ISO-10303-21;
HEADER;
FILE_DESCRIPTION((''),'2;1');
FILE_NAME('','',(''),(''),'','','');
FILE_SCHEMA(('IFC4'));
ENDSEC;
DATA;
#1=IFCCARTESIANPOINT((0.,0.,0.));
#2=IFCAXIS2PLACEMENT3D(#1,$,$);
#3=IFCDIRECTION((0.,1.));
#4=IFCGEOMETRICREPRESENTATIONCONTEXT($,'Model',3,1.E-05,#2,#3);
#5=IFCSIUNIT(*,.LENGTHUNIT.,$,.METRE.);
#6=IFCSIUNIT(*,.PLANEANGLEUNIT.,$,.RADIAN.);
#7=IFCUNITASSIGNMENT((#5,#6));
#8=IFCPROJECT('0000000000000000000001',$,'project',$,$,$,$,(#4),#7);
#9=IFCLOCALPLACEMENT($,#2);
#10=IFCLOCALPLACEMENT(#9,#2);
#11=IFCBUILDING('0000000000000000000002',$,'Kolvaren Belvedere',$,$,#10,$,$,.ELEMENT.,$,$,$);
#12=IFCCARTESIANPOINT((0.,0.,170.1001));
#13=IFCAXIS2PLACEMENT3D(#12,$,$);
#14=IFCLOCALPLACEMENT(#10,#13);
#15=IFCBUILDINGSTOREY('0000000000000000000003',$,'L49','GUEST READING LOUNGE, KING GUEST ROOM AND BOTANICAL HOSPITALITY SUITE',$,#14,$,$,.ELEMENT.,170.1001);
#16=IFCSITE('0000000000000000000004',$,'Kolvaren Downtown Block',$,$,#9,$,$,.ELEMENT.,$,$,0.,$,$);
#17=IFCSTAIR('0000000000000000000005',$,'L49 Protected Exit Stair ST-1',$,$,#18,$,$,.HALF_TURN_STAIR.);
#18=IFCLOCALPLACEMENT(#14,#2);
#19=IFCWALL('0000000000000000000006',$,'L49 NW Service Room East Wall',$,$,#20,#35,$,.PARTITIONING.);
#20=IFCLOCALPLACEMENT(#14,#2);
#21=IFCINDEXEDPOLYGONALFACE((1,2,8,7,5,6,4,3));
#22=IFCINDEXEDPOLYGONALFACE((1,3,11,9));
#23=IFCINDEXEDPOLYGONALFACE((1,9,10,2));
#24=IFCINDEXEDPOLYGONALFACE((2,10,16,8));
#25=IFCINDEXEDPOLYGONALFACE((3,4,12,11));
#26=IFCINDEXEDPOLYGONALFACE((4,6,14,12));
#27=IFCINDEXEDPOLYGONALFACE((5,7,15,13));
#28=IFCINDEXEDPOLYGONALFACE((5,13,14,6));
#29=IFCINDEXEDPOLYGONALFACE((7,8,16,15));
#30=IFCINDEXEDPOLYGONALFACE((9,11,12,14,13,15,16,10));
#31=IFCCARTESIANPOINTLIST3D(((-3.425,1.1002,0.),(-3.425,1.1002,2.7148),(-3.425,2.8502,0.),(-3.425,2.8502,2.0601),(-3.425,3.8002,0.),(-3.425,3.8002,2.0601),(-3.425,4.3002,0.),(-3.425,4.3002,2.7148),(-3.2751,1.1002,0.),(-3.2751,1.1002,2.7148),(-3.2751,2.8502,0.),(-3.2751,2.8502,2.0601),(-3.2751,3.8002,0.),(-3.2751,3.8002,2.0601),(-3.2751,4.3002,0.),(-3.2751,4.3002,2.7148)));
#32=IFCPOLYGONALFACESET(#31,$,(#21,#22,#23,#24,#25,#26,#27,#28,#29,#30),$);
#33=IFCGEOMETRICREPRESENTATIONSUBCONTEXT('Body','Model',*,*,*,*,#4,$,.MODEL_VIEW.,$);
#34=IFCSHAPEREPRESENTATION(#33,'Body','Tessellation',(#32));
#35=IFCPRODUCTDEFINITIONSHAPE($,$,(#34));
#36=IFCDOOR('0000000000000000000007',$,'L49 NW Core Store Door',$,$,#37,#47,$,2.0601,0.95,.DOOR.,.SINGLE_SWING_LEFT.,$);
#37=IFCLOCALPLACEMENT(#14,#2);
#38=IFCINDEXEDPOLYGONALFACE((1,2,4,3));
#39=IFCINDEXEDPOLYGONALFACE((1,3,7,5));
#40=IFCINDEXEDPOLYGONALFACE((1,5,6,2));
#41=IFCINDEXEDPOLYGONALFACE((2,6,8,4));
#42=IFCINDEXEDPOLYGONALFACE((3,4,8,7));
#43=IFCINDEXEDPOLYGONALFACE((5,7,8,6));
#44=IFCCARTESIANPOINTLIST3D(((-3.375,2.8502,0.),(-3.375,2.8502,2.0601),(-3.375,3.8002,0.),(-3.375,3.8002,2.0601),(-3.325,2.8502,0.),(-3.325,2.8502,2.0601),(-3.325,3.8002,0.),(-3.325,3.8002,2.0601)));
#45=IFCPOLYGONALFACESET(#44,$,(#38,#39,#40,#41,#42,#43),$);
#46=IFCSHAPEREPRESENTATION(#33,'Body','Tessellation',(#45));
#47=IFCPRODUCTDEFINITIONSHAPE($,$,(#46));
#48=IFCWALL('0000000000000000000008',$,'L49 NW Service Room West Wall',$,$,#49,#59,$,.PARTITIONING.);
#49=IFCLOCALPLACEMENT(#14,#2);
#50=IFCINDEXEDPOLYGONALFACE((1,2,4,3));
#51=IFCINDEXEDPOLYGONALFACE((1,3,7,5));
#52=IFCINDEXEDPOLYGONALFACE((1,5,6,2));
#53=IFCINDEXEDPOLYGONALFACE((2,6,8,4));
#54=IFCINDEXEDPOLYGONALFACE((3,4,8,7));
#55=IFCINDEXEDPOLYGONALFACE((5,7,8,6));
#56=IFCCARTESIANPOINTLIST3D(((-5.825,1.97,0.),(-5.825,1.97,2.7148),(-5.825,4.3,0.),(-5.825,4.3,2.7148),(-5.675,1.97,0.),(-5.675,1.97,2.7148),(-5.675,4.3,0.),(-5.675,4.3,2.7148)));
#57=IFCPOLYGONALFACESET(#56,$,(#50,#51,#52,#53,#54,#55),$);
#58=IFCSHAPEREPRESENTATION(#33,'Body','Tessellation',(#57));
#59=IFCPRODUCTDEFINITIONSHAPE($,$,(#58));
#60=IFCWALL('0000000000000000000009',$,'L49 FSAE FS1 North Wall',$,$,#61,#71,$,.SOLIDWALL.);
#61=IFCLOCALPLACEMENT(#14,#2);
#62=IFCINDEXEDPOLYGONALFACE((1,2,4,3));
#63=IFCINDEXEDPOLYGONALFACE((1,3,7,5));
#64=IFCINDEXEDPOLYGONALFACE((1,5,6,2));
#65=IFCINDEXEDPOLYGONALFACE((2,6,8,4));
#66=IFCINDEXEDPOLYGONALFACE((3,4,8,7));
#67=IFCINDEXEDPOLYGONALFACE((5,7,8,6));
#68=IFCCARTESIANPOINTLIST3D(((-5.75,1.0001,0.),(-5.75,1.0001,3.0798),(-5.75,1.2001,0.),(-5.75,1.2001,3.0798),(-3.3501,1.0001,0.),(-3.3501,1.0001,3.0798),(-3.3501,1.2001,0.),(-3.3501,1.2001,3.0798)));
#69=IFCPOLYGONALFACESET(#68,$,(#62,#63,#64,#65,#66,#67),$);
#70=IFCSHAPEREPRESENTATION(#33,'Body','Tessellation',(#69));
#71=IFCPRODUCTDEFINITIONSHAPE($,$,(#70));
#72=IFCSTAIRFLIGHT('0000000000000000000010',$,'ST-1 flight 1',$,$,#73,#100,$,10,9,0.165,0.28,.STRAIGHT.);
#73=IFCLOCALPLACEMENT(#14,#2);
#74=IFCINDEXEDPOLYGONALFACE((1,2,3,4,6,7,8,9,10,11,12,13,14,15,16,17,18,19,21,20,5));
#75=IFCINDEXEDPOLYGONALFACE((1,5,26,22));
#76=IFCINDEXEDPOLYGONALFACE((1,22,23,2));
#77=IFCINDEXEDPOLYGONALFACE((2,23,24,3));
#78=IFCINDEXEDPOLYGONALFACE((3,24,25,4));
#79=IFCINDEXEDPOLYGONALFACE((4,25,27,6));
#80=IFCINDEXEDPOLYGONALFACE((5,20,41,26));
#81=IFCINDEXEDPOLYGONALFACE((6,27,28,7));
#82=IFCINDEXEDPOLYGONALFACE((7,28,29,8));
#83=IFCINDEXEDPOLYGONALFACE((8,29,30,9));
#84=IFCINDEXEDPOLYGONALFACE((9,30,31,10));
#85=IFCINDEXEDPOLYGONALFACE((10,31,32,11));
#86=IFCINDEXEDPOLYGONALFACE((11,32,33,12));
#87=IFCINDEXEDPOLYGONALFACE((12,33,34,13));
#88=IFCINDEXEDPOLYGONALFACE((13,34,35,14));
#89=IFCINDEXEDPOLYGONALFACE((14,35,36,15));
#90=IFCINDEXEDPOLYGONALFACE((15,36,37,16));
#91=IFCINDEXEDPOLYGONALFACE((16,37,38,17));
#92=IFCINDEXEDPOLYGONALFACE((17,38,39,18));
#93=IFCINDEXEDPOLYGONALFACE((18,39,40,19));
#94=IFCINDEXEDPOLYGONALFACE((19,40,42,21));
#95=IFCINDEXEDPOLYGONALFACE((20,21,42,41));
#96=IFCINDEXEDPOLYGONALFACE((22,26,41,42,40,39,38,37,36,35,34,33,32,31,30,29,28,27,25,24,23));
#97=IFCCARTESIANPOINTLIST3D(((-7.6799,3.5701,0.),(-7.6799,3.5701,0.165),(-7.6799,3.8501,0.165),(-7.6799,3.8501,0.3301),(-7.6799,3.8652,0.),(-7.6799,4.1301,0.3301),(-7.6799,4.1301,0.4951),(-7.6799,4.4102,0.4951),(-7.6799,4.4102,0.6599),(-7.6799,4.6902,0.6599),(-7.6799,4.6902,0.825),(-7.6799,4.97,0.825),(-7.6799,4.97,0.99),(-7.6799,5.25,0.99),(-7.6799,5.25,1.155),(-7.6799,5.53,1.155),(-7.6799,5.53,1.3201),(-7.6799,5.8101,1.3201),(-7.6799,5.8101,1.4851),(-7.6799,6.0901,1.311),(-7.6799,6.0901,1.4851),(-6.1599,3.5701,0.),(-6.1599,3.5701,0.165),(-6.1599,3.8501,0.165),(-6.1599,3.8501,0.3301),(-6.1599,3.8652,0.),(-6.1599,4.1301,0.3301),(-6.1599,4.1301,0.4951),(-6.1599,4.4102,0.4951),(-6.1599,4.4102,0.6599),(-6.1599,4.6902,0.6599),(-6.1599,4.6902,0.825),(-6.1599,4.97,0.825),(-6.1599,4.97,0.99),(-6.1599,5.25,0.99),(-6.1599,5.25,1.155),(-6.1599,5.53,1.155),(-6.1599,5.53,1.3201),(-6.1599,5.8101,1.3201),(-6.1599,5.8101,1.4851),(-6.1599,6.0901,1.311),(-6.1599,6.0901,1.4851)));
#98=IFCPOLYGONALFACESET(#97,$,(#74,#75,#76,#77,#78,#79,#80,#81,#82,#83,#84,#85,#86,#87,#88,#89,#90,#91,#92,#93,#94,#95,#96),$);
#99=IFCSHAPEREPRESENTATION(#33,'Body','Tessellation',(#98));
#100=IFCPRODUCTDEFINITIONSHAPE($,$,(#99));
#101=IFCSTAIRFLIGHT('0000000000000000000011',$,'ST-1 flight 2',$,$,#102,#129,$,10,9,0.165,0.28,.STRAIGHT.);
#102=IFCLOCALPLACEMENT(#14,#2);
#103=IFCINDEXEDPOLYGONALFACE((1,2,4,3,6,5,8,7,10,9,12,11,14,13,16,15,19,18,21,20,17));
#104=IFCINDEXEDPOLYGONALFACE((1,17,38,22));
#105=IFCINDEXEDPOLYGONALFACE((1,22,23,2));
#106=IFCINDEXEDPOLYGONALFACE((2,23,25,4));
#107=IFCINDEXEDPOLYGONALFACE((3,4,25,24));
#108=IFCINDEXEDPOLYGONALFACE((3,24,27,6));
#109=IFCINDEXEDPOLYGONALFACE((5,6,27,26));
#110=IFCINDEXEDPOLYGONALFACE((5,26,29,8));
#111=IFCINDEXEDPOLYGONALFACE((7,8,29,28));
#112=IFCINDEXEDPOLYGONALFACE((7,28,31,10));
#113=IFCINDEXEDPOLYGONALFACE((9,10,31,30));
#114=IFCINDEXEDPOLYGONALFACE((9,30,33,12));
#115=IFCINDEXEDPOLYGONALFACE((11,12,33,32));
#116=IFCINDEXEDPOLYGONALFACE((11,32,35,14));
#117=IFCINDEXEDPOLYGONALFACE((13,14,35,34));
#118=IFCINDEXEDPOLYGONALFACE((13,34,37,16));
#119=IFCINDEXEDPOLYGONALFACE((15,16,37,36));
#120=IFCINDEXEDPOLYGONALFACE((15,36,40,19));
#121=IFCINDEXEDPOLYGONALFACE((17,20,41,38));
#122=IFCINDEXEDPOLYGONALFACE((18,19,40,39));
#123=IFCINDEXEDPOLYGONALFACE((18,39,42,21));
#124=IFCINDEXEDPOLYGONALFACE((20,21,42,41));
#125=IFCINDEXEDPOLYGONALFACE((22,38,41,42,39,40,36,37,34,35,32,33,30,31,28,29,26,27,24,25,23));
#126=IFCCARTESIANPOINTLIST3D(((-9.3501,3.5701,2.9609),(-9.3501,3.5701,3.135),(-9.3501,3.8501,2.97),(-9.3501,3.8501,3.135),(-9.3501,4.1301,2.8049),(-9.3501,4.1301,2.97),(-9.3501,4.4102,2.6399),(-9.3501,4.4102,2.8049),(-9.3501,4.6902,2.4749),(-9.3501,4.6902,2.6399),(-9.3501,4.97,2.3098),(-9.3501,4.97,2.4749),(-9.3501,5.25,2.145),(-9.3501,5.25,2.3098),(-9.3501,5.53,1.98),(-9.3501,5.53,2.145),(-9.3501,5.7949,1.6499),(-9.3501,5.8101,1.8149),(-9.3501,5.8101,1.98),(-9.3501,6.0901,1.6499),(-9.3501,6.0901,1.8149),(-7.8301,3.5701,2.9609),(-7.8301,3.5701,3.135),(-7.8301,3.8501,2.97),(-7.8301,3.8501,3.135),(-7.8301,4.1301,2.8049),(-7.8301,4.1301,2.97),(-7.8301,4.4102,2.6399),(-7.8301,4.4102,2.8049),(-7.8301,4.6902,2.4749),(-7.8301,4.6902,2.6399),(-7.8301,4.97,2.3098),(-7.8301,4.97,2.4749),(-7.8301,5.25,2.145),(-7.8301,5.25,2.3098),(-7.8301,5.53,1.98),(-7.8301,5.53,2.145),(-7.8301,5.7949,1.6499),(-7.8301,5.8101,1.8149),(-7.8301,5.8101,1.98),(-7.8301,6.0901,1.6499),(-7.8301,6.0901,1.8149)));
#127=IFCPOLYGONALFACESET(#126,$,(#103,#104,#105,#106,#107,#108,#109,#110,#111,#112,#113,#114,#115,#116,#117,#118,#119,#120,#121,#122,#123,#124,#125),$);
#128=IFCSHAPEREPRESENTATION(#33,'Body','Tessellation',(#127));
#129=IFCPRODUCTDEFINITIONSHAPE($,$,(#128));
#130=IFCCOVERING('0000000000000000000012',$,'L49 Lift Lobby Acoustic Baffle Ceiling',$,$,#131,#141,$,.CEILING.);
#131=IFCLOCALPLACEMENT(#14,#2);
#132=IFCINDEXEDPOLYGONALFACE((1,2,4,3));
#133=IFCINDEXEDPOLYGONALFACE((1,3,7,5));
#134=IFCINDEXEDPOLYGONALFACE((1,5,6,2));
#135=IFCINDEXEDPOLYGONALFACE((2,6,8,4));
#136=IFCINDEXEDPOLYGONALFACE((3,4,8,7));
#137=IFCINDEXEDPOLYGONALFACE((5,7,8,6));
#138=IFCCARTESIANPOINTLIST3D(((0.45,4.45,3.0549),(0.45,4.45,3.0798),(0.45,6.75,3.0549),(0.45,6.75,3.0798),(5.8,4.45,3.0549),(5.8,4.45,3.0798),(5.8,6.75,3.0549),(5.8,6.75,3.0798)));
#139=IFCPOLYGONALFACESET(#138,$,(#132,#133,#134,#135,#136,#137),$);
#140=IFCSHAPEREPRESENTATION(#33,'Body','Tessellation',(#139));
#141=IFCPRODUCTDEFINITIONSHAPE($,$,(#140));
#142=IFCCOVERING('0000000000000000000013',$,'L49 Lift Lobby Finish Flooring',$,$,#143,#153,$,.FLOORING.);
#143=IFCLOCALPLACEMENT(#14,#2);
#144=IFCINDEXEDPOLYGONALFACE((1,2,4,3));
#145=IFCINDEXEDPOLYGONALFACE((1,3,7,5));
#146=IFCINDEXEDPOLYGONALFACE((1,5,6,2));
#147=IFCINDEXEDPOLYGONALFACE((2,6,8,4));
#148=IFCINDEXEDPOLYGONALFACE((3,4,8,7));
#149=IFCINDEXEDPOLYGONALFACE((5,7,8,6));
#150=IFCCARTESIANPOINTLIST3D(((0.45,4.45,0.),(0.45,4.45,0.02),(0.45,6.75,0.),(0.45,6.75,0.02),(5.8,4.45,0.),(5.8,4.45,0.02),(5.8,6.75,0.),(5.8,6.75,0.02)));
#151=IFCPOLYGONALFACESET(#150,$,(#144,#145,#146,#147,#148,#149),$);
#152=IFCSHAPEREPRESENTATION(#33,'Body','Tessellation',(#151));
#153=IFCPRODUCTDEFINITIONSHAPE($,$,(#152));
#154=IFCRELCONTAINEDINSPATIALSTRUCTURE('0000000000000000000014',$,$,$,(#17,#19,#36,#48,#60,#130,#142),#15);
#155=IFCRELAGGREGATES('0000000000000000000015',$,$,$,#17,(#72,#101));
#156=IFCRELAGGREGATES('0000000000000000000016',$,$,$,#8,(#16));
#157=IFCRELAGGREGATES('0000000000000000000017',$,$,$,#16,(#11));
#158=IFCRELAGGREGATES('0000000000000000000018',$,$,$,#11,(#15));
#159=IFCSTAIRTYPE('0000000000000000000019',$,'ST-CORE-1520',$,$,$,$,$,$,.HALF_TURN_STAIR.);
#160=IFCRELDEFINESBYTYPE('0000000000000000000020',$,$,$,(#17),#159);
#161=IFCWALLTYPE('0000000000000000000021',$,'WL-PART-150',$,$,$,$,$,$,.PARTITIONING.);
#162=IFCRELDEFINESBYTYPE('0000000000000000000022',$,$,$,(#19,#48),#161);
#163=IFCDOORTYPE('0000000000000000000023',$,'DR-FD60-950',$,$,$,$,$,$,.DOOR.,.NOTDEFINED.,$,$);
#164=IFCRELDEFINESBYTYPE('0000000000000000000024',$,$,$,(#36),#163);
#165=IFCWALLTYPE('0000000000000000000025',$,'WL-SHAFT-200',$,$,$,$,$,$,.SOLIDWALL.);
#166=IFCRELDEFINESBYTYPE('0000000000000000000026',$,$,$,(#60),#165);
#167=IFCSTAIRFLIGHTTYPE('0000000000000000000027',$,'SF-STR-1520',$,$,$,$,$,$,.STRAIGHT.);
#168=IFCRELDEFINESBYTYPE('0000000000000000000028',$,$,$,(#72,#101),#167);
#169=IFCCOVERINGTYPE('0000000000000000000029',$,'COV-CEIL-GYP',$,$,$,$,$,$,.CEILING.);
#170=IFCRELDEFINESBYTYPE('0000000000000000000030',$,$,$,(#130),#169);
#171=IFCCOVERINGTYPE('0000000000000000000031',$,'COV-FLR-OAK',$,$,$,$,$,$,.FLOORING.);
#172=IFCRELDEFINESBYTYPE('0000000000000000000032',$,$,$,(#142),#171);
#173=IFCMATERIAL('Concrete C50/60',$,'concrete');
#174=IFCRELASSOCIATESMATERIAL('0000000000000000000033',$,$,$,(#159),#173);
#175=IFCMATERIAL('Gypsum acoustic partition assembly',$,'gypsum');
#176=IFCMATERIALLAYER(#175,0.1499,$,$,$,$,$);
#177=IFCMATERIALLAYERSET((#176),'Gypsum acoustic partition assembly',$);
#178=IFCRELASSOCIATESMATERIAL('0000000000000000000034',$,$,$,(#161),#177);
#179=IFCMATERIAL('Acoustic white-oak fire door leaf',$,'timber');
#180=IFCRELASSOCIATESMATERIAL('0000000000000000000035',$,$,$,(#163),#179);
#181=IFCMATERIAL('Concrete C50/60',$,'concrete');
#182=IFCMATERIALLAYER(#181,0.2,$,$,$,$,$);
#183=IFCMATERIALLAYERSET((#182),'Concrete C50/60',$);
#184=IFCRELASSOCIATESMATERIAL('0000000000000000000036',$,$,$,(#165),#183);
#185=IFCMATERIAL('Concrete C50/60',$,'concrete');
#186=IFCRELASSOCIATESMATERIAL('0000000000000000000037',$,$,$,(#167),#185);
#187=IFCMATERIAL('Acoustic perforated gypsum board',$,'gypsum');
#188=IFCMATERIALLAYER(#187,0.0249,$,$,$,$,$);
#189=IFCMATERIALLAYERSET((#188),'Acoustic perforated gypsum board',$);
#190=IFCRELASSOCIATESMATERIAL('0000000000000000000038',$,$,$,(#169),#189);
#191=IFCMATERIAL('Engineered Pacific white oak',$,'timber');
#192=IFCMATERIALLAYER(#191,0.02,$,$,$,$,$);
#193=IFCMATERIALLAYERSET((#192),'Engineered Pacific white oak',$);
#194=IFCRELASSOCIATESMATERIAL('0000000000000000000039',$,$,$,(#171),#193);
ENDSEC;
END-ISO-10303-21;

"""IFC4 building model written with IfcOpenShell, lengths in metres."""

from ifc_helpers import new_model, si_unit, direction, frame, frame_2d, origin, place, context, subcontext, project, spatial, polyline, rectangle, outline, extrude, material, layer, layer_set, type_object, element, fill, aggregate, save


model = new_model("IFC4")

# Units and contexts
model_context = context("Model", 3, precision=1e-05, world=origin(), true_north=direction((0.0, 1.0)))
body_context = subcontext(model_context, "Body", "Model", "MODEL_VIEW")
ifc_project = project(units=[si_unit("LENGTHUNIT", "METRE"), si_unit("PLANEANGLEUNIT", "RADIAN")], contexts=[model_context])

# Site, building, storey
site_placement = place(None, origin())
site = spatial("IfcSite", under=ifc_project, at=site_placement, Name="Kolvaren Downtown Block", CompositionType="ELEMENT", RefElevation=0.0)
building_placement = place(site_placement, origin())
building = spatial("IfcBuilding", under=site, at=building_placement, Name="Kolvaren Belvedere", CompositionType="ELEMENT")
storey_placement = place(building_placement, frame((0.0, 0.0, 170.1001)))
storey = spatial("IfcBuildingStorey", under=building, at=storey_placement, Name="L49", Description="GUEST READING LOUNGE, KING GUEST ROOM AND BOTANICAL HOSPITALITY SUITE", CompositionType="ELEMENT", Elevation=170.1001)

# Stair
ifc_material_1 = material(Name="Concrete C50/60", Category="concrete")
stair_type = type_object("IfcStairType", Name="ST-CORE-1520", PredefinedType="HALF_TURN_STAIR", material=ifc_material_1)
stair_1_placement = place(storey_placement, origin())
stair_1 = element("IfcStair", 1, at=stair_1_placement, inside=storey, type_object=stair_type, Name="L49 Protected Exit Stair ST-1", PredefinedType="HALF_TURN_STAIR")

# Shared definitions
ifc_material_2 = material(Name="Gypsum acoustic partition assembly", Category="gypsum")
ifc_layer_1 = layer(ifc_material_2, 0.1499)
ifc_layer_set_1 = layer_set([ifc_layer_1], Name="Gypsum acoustic partition assembly")
wall_type_1 = type_object("IfcWallType", Name="WL-PART-150", PredefinedType="PARTITIONING", material=ifc_layer_set_1)

# Wall, opening, door
wall_1_placement = place(storey_placement, frame((-3.3501, 1.1001, 0.0), z_axis=(0.0, 0.0, 1.0), x_axis=(0.0, 1.0, 0.0)))
wall_1 = element("IfcWall", 2, at=wall_1_placement, inside=storey, type_object=wall_type_1, Name="L49 NW Service Room East Wall", PredefinedType="PARTITIONING", context=body_context, shape_type="SweptSolid", body=[
    extrude(rectangle(XDim=3.2, YDim=0.1499, at=frame_2d((1.6001, 0.0))), origin(), (0.0, 0.0, 1.0), 2.7148),
])
opening_1_placement = place(wall_1_placement, frame((1.75, 0.0, 0.0)))
opening_1 = element("IfcOpeningElement", 3, at=opening_1_placement, cuts=wall_1, PredefinedType="OPENING", context=body_context, shape_type="SweptSolid", body=[
    extrude(rectangle(XDim=0.95, YDim=2.0601, at=frame_2d((0.4751, 1.03))), frame((0.0, 0.085, 0.0), z_axis=(0.0, -1.0, 0.0), x_axis=(1.0, 0.0, 0.0)), (0.0, 0.0, 1.0), 0.1699),
])
ifc_material_3 = material(Name="Acoustic white-oak fire door leaf", Category="timber")
door_type_1 = type_object("IfcDoorType", Name="DR-FD60-950", OperationType="NOTDEFINED", PredefinedType="DOOR", material=ifc_material_3)
door_1_placement = place(opening_1_placement, origin())
door_1 = element("IfcDoor", 4, at=door_1_placement, inside=storey, type_object=door_type_1, Name="L49 NW Core Store Door", OperationType="SINGLE_SWING_LEFT", OverallHeight=2.0601, OverallWidth=0.95, PredefinedType="DOOR", context=body_context, shape_type="SweptSolid", body=[
    extrude(rectangle(XDim=0.95, YDim=2.0601, at=frame_2d((0.4751, 1.03))), frame((0.0, 0.0249, 0.0), z_axis=(0.0, -1.0, 0.0), x_axis=(1.0, 0.0, 0.0)), (0.0, 0.0, 1.0), 0.05),
])
fill(opening_1, door_1)

# Walls
wall_2_placement = place(storey_placement, frame((-5.75, 1.97, 0.0), z_axis=(0.0, 0.0, 1.0), x_axis=(0.0, 1.0, 0.0)))
element("IfcWall", 5, at=wall_2_placement, inside=storey, type_object=wall_type_1, Name="L49 NW Service Room West Wall", PredefinedType="PARTITIONING", context=body_context, shape_type="SweptSolid", body=[
    extrude(rectangle(XDim=2.3301, YDim=0.1499, at=frame_2d((1.165, 0.0))), origin(), (0.0, 0.0, 1.0), 2.7148),
])
ifc_material_4 = material(Name="Concrete C50/60", Category="concrete")
ifc_layer_2 = layer(ifc_material_4, 0.2)
ifc_layer_set_2 = layer_set([ifc_layer_2], Name="Concrete C50/60")
wall_type_2 = type_object("IfcWallType", Name="WL-SHAFT-200", PredefinedType="SOLIDWALL", material=ifc_layer_set_2)
wall_3_placement = place(storey_placement, frame((-5.75, 1.1001, 0.0), z_axis=(0.0, 0.0, 1.0), x_axis=(1.0, 0.0, 0.0)))
element("IfcWall", 6, at=wall_3_placement, inside=storey, type_object=wall_type_2, Name="L49 FSAE FS1 North Wall", PredefinedType="SOLIDWALL", context=body_context, shape_type="SweptSolid", body=[
    extrude(rectangle(XDim=2.3999, YDim=0.2, at=frame_2d((1.2, 0.0))), origin(), (0.0, 0.0, 1.0), 3.0798),
])

# Stair flights
ifc_material_5 = material(Name="Concrete C50/60", Category="concrete")
stair_flight_type = type_object("IfcStairFlightType", Name="SF-STR-1520", PredefinedType="STRAIGHT", material=ifc_material_5)
stair_flight_1_placement = place(storey_placement, frame((-6.9199, 3.5701, 0.0), z_axis=(0.0, 0.0, 1.0), x_axis=(0.0, 1.0, 0.0)))
stair_flight_1 = element("IfcStairFlight", 7, at=stair_flight_1_placement, type_object=stair_flight_type, Name="ST-1 flight 1", NumberOfRisers=10, NumberOfTreads=9, PredefinedType="STRAIGHT", RiserHeight=0.165, TreadLength=0.28, context=body_context, shape_type="SweptSolid", body=[
    extrude(outline(polyline([(0.0, 0.0), (0.0, 0.165), (0.28, 0.165), (0.28, 0.3301), (0.5601, 0.3301), (0.5601, 0.4951), (0.8401, 0.4951), (0.8401, 0.6599), (1.1201, 0.6599), (1.1201, 0.825), (1.3999, 0.825), (1.3999, 0.99), (1.6799, 0.99), (1.6799, 1.155), (1.96, 1.155), (1.96, 1.3201), (2.24, 1.3201), (2.24, 1.4851), (2.52, 1.4851), (2.52, 1.6499), (2.52, 1.311), (0.2952, 0.0), (0.0, 0.0)])), frame((0.0, 0.76, 0.0), z_axis=(0.0, -1.0, 0.0), x_axis=(1.0, 0.0, 0.0)), (0.0, 0.0, 1.0), 1.52),
])
stair_flight_2_placement = place(storey_placement, frame((-8.5901, 6.0901, 1.6499), z_axis=(0.0, 0.0, 1.0), x_axis=(0.0, -1.0, 0.0)))
stair_flight_2 = element("IfcStairFlight", 8, at=stair_flight_2_placement, type_object=stair_flight_type, Name="ST-1 flight 2", NumberOfRisers=10, NumberOfTreads=9, PredefinedType="STRAIGHT", RiserHeight=0.165, TreadLength=0.28, context=body_context, shape_type="SweptSolid", body=[
    extrude(outline(polyline([(0.0, 0.0), (0.0, 0.165), (0.28, 0.165), (0.28, 0.3301), (0.5601, 0.3301), (0.5601, 0.4951), (0.8401, 0.4951), (0.8401, 0.6599), (1.1201, 0.6599), (1.1201, 0.825), (1.3999, 0.825), (1.3999, 0.99), (1.6799, 0.99), (1.6799, 1.155), (1.96, 1.155), (1.96, 1.3201), (2.24, 1.3201), (2.24, 1.4851), (2.52, 1.4851), (2.52, 1.6499), (2.52, 1.311), (0.2952, 0.0), (0.0, 0.0)])), frame((0.0, 0.76, 0.0), z_axis=(0.0, -1.0, 0.0), x_axis=(1.0, 0.0, 0.0)), (0.0, 0.0, 1.0), 1.52),
])
aggregate(stair_1, [stair_flight_1, stair_flight_2])

# Coverings
ifc_material_6 = material(Name="Acoustic perforated gypsum board", Category="gypsum")
ifc_layer_3 = layer(ifc_material_6, 0.0249)
ifc_layer_set_3 = layer_set([ifc_layer_3], Name="Acoustic perforated gypsum board")
covering_type_1 = type_object("IfcCoveringType", Name="COV-CEIL-GYP", PredefinedType="CEILING", material=ifc_layer_set_3)
covering_1_placement = place(storey_placement, frame((0.0, 0.0, 3.0549)))
element("IfcCovering", 9, at=covering_1_placement, inside=storey, type_object=covering_type_1, Name="L49 Lift Lobby Acoustic Baffle Ceiling", PredefinedType="CEILING", context=body_context, shape_type="SweptSolid", body=[
    extrude(outline(polyline([(0.45, 4.45), (5.8, 4.45), (5.8, 6.75), (0.45, 6.75), (0.45, 4.45)])), origin(), (0.0, 0.0, 1.0), 0.0249),
])
ifc_material_7 = material(Name="Engineered Pacific white oak", Category="timber")
ifc_layer_4 = layer(ifc_material_7, 0.02)
ifc_layer_set_4 = layer_set([ifc_layer_4], Name="Engineered Pacific white oak")
covering_type_2 = type_object("IfcCoveringType", Name="COV-FLR-OAK", PredefinedType="FLOORING", material=ifc_layer_set_4)
covering_2_placement = place(storey_placement, origin())
element("IfcCovering", 10, at=covering_2_placement, inside=storey, type_object=covering_type_2, Name="L49 Lift Lobby Finish Flooring", PredefinedType="FLOORING", context=body_context, shape_type="SweptSolid", body=[
    extrude(outline(polyline([(0.45, 4.45), (5.8, 4.45), (5.8, 6.75), (0.45, 6.75), (0.45, 4.45)])), origin(), (0.0, 0.0, 1.0), 0.02),
])

save(model, "model.ifc")
